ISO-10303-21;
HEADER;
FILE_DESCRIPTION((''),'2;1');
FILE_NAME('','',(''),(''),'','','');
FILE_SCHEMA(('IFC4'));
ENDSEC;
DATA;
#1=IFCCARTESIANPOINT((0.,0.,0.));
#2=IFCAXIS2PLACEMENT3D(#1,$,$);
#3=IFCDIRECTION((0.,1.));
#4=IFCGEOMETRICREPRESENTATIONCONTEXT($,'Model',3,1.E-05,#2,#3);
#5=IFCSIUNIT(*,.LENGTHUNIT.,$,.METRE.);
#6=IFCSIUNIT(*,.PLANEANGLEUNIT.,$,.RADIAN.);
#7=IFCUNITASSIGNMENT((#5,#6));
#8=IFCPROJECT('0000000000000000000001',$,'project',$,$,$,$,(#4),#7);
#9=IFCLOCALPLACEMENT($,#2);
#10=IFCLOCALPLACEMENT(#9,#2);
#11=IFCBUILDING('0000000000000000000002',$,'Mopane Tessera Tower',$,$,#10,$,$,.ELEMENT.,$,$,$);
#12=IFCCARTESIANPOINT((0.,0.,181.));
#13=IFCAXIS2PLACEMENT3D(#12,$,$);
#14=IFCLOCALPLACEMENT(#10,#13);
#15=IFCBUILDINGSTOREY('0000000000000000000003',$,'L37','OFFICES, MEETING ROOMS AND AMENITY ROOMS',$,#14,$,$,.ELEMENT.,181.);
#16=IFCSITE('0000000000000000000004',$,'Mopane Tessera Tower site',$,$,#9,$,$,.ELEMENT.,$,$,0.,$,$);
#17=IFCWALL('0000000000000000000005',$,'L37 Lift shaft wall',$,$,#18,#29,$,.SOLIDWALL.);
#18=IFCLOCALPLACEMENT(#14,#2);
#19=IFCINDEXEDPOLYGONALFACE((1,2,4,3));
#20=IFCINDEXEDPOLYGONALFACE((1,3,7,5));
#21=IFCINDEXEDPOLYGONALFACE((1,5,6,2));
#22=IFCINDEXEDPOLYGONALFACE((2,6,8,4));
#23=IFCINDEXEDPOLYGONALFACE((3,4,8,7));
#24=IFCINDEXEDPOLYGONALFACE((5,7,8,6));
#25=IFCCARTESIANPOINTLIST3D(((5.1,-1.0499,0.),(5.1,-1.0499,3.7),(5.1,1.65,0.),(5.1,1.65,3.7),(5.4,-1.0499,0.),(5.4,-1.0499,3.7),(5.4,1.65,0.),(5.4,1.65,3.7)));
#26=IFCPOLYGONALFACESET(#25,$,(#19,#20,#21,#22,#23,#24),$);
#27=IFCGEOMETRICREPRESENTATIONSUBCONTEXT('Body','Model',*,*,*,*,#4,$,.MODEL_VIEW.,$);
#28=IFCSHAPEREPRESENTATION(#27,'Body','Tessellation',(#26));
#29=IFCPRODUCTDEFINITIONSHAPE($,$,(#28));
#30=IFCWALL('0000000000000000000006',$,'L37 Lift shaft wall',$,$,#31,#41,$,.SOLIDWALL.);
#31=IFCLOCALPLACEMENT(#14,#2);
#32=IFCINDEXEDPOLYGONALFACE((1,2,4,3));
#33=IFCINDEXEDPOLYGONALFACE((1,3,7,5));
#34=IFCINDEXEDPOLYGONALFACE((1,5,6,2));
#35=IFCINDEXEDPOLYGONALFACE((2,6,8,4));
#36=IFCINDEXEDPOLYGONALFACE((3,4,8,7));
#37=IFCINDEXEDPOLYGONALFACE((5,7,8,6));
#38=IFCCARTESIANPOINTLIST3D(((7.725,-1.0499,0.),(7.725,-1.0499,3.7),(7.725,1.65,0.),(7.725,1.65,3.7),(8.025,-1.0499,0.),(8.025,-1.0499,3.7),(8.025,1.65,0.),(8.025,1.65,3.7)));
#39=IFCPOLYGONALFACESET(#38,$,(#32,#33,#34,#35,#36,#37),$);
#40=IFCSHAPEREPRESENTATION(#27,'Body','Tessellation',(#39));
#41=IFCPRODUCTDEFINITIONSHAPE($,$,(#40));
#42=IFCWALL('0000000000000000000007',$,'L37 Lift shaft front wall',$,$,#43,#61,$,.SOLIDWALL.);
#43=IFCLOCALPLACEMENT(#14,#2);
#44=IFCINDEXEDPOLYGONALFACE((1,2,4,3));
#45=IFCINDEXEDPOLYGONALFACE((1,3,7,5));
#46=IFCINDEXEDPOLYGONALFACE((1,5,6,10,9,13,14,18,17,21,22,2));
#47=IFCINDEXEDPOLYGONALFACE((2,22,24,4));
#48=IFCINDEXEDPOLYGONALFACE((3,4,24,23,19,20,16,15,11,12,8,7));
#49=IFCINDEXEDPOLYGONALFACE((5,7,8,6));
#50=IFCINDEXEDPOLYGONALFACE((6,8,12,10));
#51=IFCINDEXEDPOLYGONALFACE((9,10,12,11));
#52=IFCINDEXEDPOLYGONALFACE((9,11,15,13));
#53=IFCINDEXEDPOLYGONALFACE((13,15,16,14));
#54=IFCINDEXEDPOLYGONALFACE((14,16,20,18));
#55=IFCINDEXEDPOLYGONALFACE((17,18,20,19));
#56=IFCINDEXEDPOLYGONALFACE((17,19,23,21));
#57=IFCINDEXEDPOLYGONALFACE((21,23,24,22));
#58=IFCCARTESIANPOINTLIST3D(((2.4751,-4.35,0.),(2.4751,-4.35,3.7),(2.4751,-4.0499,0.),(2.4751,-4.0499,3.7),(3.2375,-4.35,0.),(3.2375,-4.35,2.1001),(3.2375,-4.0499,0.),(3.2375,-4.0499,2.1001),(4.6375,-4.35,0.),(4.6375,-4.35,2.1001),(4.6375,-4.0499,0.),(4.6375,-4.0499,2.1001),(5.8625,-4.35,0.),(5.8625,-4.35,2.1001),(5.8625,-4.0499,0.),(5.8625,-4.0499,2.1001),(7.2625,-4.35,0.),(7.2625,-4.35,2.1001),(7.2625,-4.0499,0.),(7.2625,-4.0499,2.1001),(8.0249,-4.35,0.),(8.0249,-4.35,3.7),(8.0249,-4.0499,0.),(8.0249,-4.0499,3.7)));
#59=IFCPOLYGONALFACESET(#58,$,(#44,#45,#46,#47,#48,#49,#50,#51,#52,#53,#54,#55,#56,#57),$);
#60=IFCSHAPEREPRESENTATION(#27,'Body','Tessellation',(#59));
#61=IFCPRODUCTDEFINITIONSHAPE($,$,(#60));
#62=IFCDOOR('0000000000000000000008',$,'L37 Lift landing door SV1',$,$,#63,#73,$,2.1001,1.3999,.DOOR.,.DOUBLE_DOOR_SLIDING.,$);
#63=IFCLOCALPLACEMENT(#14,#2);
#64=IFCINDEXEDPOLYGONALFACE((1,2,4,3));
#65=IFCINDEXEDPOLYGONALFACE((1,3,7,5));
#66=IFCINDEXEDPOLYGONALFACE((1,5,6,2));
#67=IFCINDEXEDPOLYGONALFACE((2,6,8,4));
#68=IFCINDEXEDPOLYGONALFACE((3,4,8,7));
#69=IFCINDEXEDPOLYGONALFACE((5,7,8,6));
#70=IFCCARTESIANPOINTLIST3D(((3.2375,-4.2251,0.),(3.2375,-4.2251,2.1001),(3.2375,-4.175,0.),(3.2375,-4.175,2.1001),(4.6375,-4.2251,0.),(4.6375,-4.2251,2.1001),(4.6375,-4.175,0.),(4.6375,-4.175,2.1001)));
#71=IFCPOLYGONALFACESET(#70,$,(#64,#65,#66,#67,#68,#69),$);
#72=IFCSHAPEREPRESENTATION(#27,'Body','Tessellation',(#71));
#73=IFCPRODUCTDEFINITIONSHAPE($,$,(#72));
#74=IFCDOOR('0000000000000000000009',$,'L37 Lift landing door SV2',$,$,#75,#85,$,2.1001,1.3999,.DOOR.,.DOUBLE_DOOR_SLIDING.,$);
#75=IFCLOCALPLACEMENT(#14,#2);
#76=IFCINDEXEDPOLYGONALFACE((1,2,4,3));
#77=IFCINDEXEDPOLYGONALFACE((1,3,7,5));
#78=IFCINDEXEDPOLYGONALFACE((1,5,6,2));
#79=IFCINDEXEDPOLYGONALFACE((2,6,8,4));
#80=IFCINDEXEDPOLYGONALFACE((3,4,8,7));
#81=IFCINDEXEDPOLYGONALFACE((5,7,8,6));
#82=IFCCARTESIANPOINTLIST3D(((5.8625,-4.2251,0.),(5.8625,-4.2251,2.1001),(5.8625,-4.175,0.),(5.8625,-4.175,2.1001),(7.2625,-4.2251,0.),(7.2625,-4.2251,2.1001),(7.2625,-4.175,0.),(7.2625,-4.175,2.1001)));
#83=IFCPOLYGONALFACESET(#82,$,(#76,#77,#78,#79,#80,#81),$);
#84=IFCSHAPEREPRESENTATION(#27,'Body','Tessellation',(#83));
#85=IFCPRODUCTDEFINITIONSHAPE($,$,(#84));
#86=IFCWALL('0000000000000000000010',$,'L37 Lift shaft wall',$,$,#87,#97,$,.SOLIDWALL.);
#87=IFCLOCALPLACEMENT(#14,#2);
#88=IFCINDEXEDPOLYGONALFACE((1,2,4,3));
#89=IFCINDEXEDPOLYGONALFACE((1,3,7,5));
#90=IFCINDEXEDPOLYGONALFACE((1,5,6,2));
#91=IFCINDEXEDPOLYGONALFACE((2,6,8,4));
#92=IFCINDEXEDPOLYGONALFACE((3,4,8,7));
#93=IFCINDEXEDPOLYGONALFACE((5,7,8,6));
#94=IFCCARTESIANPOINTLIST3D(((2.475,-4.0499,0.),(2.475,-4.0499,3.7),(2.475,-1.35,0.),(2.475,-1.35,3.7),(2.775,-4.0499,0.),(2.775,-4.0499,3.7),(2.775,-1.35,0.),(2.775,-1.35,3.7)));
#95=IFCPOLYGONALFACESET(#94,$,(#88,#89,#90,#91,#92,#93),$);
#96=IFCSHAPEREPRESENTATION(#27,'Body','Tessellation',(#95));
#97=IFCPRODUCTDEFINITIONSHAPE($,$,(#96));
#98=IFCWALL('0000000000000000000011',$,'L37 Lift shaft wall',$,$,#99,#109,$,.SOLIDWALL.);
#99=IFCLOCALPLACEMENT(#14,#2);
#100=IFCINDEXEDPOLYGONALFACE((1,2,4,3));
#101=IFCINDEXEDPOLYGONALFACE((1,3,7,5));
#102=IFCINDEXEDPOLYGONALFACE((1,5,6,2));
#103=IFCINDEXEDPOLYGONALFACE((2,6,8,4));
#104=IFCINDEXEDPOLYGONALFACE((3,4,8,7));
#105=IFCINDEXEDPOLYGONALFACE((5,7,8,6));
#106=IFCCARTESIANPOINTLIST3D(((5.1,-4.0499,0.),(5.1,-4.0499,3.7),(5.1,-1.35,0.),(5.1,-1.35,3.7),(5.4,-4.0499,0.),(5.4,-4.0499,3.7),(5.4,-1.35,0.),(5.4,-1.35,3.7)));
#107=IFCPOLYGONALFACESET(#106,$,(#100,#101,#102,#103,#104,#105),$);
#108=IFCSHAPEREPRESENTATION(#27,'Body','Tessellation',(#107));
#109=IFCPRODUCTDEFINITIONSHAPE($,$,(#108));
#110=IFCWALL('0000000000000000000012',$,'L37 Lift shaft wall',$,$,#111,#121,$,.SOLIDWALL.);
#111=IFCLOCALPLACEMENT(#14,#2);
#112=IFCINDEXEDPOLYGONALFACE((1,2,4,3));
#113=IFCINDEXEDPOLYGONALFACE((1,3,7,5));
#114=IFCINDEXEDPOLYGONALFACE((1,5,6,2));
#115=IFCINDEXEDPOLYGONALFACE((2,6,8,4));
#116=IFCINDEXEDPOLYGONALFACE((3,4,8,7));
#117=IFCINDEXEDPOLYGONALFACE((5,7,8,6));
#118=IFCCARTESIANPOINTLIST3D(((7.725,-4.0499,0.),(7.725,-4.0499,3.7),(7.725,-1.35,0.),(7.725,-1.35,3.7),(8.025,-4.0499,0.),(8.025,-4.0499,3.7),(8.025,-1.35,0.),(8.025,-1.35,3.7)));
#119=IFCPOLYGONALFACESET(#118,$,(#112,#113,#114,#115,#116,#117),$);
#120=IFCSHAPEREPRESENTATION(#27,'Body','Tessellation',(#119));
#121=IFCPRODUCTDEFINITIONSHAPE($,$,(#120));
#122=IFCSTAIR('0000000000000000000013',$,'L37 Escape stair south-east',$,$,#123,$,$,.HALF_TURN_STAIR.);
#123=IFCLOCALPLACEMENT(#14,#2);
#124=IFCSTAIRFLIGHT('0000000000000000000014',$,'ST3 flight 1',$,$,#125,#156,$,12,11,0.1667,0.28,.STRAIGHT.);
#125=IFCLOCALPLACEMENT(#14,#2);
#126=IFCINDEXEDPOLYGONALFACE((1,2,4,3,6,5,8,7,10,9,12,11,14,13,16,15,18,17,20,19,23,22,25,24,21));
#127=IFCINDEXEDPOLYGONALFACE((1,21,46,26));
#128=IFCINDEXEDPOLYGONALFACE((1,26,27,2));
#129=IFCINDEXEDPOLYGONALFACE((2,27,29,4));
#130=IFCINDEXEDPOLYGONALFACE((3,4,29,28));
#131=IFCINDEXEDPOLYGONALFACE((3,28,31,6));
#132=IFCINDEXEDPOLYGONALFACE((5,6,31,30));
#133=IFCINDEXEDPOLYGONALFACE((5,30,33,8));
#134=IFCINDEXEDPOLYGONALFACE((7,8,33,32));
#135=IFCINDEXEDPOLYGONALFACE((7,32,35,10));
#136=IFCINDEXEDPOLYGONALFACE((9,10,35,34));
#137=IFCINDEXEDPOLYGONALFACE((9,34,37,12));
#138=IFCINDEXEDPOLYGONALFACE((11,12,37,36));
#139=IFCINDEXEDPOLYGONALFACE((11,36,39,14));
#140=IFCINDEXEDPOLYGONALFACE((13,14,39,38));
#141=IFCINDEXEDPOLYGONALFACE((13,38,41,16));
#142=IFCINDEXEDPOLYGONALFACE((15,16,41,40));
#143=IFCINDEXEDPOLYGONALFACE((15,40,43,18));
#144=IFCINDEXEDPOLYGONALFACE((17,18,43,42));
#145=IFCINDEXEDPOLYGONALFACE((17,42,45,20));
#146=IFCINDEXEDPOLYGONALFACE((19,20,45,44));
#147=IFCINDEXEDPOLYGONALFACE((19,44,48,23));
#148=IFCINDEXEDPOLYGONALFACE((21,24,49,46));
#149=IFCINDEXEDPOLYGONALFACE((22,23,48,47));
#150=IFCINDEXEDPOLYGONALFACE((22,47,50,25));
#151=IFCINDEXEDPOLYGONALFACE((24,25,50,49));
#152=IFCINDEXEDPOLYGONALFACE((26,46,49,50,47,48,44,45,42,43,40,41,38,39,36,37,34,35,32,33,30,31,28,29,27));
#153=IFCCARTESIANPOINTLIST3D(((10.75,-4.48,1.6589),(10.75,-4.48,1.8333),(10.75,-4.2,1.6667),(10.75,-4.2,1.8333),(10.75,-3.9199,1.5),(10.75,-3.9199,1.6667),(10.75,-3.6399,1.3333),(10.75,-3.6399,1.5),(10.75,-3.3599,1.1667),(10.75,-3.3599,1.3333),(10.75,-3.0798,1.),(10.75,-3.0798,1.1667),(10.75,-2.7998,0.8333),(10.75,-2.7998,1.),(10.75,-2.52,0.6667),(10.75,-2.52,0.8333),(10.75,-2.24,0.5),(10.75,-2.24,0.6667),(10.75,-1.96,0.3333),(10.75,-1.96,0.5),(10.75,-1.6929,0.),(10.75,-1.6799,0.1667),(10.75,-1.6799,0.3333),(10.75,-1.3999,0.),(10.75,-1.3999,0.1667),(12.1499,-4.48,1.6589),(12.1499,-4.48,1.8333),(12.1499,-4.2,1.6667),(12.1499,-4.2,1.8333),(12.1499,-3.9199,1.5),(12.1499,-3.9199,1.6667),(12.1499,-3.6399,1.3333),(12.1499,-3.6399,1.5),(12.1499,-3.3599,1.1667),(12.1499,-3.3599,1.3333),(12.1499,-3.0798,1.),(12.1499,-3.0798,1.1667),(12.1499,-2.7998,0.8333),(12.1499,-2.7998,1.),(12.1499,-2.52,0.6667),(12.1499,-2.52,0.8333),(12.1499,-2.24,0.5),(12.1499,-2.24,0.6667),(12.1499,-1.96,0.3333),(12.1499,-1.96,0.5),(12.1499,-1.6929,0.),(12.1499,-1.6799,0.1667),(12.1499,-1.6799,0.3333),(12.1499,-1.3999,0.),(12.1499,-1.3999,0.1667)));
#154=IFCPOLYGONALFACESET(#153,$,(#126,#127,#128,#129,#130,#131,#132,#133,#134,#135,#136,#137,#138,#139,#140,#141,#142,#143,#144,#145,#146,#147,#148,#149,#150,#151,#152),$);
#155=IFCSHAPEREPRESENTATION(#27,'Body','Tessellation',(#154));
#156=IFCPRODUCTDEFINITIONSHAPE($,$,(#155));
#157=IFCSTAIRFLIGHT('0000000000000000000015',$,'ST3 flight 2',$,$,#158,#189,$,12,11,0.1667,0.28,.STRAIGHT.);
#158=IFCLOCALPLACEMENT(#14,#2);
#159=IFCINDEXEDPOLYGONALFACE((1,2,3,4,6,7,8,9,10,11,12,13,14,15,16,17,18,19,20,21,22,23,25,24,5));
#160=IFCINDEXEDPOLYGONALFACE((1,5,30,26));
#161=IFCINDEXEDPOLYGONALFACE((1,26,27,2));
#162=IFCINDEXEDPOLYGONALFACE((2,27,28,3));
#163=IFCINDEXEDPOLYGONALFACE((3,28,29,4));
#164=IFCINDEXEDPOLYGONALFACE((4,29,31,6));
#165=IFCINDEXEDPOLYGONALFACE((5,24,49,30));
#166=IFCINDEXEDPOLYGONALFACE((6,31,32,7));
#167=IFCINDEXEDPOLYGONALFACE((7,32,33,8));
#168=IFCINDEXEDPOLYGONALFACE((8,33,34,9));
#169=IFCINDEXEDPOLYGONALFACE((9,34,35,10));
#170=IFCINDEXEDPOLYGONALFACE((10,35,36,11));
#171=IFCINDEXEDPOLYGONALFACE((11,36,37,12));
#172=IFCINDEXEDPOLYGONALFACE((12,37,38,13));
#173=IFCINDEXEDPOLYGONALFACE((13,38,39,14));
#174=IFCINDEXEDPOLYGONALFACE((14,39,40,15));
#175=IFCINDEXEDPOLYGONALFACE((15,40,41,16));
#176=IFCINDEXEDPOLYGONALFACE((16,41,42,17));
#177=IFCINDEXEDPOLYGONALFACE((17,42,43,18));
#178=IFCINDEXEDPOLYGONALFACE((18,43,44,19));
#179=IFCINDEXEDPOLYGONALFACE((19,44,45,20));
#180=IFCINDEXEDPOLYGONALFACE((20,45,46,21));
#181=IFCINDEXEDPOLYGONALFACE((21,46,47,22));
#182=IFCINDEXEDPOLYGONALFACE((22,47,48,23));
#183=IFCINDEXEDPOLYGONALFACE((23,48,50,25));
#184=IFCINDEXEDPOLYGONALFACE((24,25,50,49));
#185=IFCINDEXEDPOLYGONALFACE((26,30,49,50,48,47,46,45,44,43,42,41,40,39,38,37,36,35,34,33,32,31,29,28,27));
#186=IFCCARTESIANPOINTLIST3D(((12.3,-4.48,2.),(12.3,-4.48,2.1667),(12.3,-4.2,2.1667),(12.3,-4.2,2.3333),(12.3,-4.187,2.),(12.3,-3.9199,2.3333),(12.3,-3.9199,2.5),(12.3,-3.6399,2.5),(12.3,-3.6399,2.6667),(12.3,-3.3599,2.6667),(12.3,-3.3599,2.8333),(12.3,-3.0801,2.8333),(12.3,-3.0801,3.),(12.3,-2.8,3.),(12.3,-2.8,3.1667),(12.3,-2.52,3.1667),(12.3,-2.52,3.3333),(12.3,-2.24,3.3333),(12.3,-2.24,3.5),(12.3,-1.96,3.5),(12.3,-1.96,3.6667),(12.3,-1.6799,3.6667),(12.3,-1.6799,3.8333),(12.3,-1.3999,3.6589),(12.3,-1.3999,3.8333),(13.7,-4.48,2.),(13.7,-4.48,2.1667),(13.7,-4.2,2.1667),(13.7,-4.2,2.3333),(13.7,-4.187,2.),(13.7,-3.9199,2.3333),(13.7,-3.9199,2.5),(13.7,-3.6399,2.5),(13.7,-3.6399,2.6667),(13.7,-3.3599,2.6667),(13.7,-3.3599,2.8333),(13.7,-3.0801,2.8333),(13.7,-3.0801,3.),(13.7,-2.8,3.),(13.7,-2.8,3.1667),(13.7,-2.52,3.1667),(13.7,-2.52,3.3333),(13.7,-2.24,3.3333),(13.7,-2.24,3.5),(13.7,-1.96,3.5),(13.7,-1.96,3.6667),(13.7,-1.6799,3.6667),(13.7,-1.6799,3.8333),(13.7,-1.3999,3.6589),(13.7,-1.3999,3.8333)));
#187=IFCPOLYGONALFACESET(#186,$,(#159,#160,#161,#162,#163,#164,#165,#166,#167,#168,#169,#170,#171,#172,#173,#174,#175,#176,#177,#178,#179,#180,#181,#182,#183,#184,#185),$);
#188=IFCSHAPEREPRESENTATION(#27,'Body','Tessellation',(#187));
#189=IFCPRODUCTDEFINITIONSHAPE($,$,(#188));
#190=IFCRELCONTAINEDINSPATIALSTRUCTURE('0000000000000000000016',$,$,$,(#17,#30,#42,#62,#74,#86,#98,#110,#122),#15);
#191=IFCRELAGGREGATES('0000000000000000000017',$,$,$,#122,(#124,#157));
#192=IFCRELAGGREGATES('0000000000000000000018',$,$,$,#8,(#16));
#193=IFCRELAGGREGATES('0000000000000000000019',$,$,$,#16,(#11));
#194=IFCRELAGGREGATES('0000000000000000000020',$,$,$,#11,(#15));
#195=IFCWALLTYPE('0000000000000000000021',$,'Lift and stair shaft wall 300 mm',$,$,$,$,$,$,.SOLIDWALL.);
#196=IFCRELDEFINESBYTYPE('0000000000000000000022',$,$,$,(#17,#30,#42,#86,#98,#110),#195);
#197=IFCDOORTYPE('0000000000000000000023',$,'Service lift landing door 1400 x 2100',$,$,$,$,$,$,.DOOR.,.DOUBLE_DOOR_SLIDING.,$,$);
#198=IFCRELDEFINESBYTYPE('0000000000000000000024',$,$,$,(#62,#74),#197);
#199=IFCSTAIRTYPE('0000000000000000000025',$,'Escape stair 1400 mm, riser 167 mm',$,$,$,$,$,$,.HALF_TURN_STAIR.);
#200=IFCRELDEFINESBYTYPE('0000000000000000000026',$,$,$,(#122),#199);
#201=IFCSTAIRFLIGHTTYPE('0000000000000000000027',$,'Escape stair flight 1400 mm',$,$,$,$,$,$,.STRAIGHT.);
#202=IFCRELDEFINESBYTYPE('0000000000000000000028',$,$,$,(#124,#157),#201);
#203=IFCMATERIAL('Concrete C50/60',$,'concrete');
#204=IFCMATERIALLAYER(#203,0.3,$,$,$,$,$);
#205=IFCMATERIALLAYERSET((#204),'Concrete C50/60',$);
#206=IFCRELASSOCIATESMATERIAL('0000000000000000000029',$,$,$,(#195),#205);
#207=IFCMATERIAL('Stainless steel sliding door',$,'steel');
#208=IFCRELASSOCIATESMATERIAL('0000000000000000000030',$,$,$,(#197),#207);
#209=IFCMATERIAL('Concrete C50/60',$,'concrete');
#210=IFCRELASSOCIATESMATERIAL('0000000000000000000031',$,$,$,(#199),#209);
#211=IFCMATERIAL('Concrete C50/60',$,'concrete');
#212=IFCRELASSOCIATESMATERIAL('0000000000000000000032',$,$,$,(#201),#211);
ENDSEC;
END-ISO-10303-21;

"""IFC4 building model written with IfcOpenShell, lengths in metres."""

from ifc_helpers import new_model, si_unit, direction, frame, frame_2d, origin, place, context, subcontext, project, spatial, polyline, rectangle, outline, extrude, material, layer, layer_set, type_object, element, fill, aggregate, save


model = new_model("IFC4")

# Units and contexts
model_context = context("Model", 3, precision=1e-05, world=origin(), true_north=direction((0.0, 1.0)))
body_context = subcontext(model_context, "Body", "Model", "MODEL_VIEW")
ifc_project = project(units=[si_unit("LENGTHUNIT", "METRE"), si_unit("PLANEANGLEUNIT", "RADIAN")], contexts=[model_context])

# Site, building, storey
site_placement = place(None, origin())
site = spatial("IfcSite", under=ifc_project, at=site_placement, Name="Mopane Tessera Tower site", CompositionType="ELEMENT", RefElevation=0.0)
building_placement = place(site_placement, origin())
building = spatial("IfcBuilding", under=site, at=building_placement, Name="Mopane Tessera Tower", CompositionType="ELEMENT")
storey_placement = place(building_placement, frame((0.0, 0.0, 181.0)))
storey = spatial("IfcBuildingStorey", under=building, at=storey_placement, Name="L37", Description="OFFICES, MEETING ROOMS AND AMENITY ROOMS", CompositionType="ELEMENT", Elevation=181.0)

# Walls
ifc_material_1 = material(Name="Concrete C50/60", Category="concrete")
ifc_layer_1 = layer(ifc_material_1, 0.3)
ifc_layer_set_1 = layer_set([ifc_layer_1], Name="Concrete C50/60")
wall_type_1 = type_object("IfcWallType", Name="Lift and stair shaft wall 300 mm", PredefinedType="SOLIDWALL", material=ifc_layer_set_1)
for number, where, z_axis, x_axis, name in (
    (1, (5.25, -1.05, 0.0), (0.0, 0.0, 1.0), (0.0, 1.0, 0.0), "L37 Lift shaft wall"),
    (2, (7.875, -1.05, 0.0), (0.0, 0.0, 1.0), (0.0, 1.0, 0.0), "L37 Lift shaft wall"),
):
    element("IfcWall", number, at=place(storey_placement, frame(where, z_axis=z_axis, x_axis=x_axis)), inside=storey, type_object=wall_type_1, Name=name, PredefinedType="SOLIDWALL", context=body_context, shape_type="SweptSolid", body=[
        extrude(rectangle(XDim=2.7, YDim=0.3, at=frame_2d((1.3501, 0.0))), origin(), (0.0, 0.0, 1.0), 3.7),
    ])

# Wall, openings, doors
wall_1_placement = place(storey_placement, frame((2.4751, -4.2, 0.0), z_axis=(0.0, 0.0, 1.0), x_axis=(1.0, 0.0, 0.0)))
wall_1 = element("IfcWall", 3, at=wall_1_placement, inside=storey, type_object=wall_type_1, Name="L37 Lift shaft front wall", PredefinedType="SOLIDWALL", context=body_context, shape_type="SweptSolid", body=[
    extrude(rectangle(XDim=5.5498, YDim=0.3, at=frame_2d((2.7749, 0.0))), origin(), (0.0, 0.0, 1.0), 3.7),
])
opening_1_placement = place(wall_1_placement, frame((0.7625, 0.0, 0.0)))
opening_1 = element("IfcOpeningElement", 4, at=opening_1_placement, cuts=wall_1, PredefinedType="OPENING", context=body_context, shape_type="SweptSolid", body=[
    extrude(rectangle(XDim=1.3999, YDim=2.1001, at=frame_2d((0.7, 1.05))), frame((0.0, 0.1621, 0.0), z_axis=(0.0, -1.0, 0.0), x_axis=(1.0, 0.0, 0.0)), (0.0, 0.0, 1.0), 0.324),
])
opening_2_placement = place(wall_1_placement, frame((3.3875, 0.0, 0.0)))
opening_2 = element("IfcOpeningElement", 5, at=opening_2_placement, cuts=wall_1, PredefinedType="OPENING", context=body_context, shape_type="SweptSolid", body=[
    extrude(rectangle(XDim=1.3999, YDim=2.1001, at=frame_2d((0.7, 1.05))), frame((0.0, 0.1621, 0.0), z_axis=(0.0, -1.0, 0.0), x_axis=(1.0, 0.0, 0.0)), (0.0, 0.0, 1.0), 0.324),
])
ifc_material_2 = material(Name="Stainless steel sliding door", Category="steel")
door_type_1 = type_object("IfcDoorType", Name="Service lift landing door 1400 x 2100", OperationType="DOUBLE_DOOR_SLIDING", PredefinedType="DOOR", material=ifc_material_2)
door_1_placement = place(opening_1_placement, origin())
door_1 = element("IfcDoor", 6, at=door_1_placement, inside=storey, type_object=door_type_1, Name="L37 Lift landing door SV1", OperationType="DOUBLE_DOOR_SLIDING", OverallHeight=2.1001, OverallWidth=1.3999, PredefinedType="DOOR", context=body_context, shape_type="SweptSolid", body=[
    extrude(rectangle(XDim=1.3999, YDim=2.1001, at=frame_2d((0.7, 1.05))), frame((0.0, 0.0249, 0.0), z_axis=(0.0, -1.0, 0.0), x_axis=(1.0, 0.0, 0.0)), (0.0, 0.0, 1.0), 0.05),
])
fill(opening_1, door_1)
door_2_placement = place(opening_2_placement, origin())
door_2 = element("IfcDoor", 7, at=door_2_placement, inside=storey, type_object=door_type_1, Name="L37 Lift landing door SV2", OperationType="DOUBLE_DOOR_SLIDING", OverallHeight=2.1001, OverallWidth=1.3999, PredefinedType="DOOR", context=body_context, shape_type="SweptSolid", body=[
    extrude(rectangle(XDim=1.3999, YDim=2.1001, at=frame_2d((0.7, 1.05))), frame((0.0, 0.0249, 0.0), z_axis=(0.0, -1.0, 0.0), x_axis=(1.0, 0.0, 0.0)), (0.0, 0.0, 1.0), 0.05),
])
fill(opening_2, door_2)

# Walls
for number, where, z_axis, x_axis, name in (
    (8, (2.625, -4.05, 0.0), (0.0, 0.0, 1.0), (0.0, 1.0, 0.0), "L37 Lift shaft wall"),
    (9, (5.25, -4.05, 0.0), (0.0, 0.0, 1.0), (0.0, 1.0, 0.0), "L37 Lift shaft wall"),
    (10, (7.875, -4.05, 0.0), (0.0, 0.0, 1.0), (0.0, 1.0, 0.0), "L37 Lift shaft wall"),
):
    element("IfcWall", number, at=place(storey_placement, frame(where, z_axis=z_axis, x_axis=x_axis)), inside=storey, type_object=wall_type_1, Name=name, PredefinedType="SOLIDWALL", context=body_context, shape_type="SweptSolid", body=[
        extrude(rectangle(XDim=2.7, YDim=0.3, at=frame_2d((1.3501, 0.0))), origin(), (0.0, 0.0, 1.0), 3.7),
    ])

# Stair, stair flights
ifc_material_3 = material(Name="Concrete C50/60", Category="concrete")
stair_type = type_object("IfcStairType", Name="Escape stair 1400 mm, riser 167 mm", PredefinedType="HALF_TURN_STAIR", material=ifc_material_3)
stair_placement = place(storey_placement, origin())
stair = element("IfcStair", 11, at=stair_placement, inside=storey, type_object=stair_type, Name="L37 Escape stair south-east", PredefinedType="HALF_TURN_STAIR")
ifc_material_4 = material(Name="Concrete C50/60", Category="concrete")
stair_flight_type = type_object("IfcStairFlightType", Name="Escape stair flight 1400 mm", PredefinedType="STRAIGHT", material=ifc_material_4)
stair_flight_1_placement = place(storey_placement, frame((11.45, -1.3999, 0.0), z_axis=(0.0, 0.0, 1.0), x_axis=(0.0, -1.0, 0.0)))
stair_flight_1 = element("IfcStairFlight", 12, at=stair_flight_1_placement, type_object=stair_flight_type, Name="ST3 flight 1", NumberOfRisers=12, NumberOfTreads=11, PredefinedType="STRAIGHT", RiserHeight=0.1667, TreadLength=0.28, context=body_context, shape_type="SweptSolid", body=[
    extrude(outline(polyline([(0.0, 0.0), (0.0, 0.1667), (0.28, 0.1667), (0.28, 0.3333), (0.5601, 0.3333), (0.5601, 0.5), (0.8401, 0.5), (0.8401, 0.6667), (1.1201, 0.6667), (1.1201, 0.8333), (1.3999, 0.8333), (1.3999, 1.0), (1.6799, 1.0), (1.6799, 1.1667), (1.96, 1.1667), (1.96, 1.3333), (2.24, 1.3333), (2.24, 1.5), (2.52, 1.5), (2.52, 1.6667), (2.8, 1.6667), (2.8, 1.8333), (3.0801, 1.8333), (3.0801, 2.0), (3.0801, 1.6589), (0.293, 0.0), (0.0, 0.0)])), frame((0.0, 0.7, 0.0), z_axis=(0.0, -1.0, 0.0), x_axis=(1.0, 0.0, 0.0)), (0.0, 0.0, 1.0), 1.3999),
])
stair_flight_2_placement = place(storey_placement, frame((13.0, -4.48, 2.0), z_axis=(0.0, 0.0, 1.0), x_axis=(0.0, 1.0, 0.0)))
stair_flight_2 = element("IfcStairFlight", 13, at=stair_flight_2_placement, type_object=stair_flight_type, Name="ST3 flight 2", NumberOfRisers=12, NumberOfTreads=11, PredefinedType="STRAIGHT", RiserHeight=0.1667, TreadLength=0.28, context=body_context, shape_type="SweptSolid", body=[
    extrude(outline(polyline([(0.0, 0.0), (0.0, 0.1667), (0.28, 0.1667), (0.28, 0.3333), (0.5601, 0.3333), (0.5601, 0.5), (0.8401, 0.5), (0.8401, 0.6667), (1.1201, 0.6667), (1.1201, 0.8333), (1.3999, 0.8333), (1.3999, 1.0), (1.6799, 1.0), (1.6799, 1.1667), (1.96, 1.1667), (1.96, 1.3333), (2.24, 1.3333), (2.24, 1.5), (2.52, 1.5), (2.52, 1.6667), (2.8, 1.6667), (2.8, 1.8333), (3.0801, 1.8333), (3.0801, 2.0), (3.0801, 1.6589), (0.293, 0.0), (0.0, 0.0)])), frame((0.0, 0.7, 0.0), z_axis=(0.0, -1.0, 0.0), x_axis=(1.0, 0.0, 0.0)), (0.0, 0.0, 1.0), 1.3999),
])
aggregate(stair, [stair_flight_1, stair_flight_2])

save(model, "model.ifc")
